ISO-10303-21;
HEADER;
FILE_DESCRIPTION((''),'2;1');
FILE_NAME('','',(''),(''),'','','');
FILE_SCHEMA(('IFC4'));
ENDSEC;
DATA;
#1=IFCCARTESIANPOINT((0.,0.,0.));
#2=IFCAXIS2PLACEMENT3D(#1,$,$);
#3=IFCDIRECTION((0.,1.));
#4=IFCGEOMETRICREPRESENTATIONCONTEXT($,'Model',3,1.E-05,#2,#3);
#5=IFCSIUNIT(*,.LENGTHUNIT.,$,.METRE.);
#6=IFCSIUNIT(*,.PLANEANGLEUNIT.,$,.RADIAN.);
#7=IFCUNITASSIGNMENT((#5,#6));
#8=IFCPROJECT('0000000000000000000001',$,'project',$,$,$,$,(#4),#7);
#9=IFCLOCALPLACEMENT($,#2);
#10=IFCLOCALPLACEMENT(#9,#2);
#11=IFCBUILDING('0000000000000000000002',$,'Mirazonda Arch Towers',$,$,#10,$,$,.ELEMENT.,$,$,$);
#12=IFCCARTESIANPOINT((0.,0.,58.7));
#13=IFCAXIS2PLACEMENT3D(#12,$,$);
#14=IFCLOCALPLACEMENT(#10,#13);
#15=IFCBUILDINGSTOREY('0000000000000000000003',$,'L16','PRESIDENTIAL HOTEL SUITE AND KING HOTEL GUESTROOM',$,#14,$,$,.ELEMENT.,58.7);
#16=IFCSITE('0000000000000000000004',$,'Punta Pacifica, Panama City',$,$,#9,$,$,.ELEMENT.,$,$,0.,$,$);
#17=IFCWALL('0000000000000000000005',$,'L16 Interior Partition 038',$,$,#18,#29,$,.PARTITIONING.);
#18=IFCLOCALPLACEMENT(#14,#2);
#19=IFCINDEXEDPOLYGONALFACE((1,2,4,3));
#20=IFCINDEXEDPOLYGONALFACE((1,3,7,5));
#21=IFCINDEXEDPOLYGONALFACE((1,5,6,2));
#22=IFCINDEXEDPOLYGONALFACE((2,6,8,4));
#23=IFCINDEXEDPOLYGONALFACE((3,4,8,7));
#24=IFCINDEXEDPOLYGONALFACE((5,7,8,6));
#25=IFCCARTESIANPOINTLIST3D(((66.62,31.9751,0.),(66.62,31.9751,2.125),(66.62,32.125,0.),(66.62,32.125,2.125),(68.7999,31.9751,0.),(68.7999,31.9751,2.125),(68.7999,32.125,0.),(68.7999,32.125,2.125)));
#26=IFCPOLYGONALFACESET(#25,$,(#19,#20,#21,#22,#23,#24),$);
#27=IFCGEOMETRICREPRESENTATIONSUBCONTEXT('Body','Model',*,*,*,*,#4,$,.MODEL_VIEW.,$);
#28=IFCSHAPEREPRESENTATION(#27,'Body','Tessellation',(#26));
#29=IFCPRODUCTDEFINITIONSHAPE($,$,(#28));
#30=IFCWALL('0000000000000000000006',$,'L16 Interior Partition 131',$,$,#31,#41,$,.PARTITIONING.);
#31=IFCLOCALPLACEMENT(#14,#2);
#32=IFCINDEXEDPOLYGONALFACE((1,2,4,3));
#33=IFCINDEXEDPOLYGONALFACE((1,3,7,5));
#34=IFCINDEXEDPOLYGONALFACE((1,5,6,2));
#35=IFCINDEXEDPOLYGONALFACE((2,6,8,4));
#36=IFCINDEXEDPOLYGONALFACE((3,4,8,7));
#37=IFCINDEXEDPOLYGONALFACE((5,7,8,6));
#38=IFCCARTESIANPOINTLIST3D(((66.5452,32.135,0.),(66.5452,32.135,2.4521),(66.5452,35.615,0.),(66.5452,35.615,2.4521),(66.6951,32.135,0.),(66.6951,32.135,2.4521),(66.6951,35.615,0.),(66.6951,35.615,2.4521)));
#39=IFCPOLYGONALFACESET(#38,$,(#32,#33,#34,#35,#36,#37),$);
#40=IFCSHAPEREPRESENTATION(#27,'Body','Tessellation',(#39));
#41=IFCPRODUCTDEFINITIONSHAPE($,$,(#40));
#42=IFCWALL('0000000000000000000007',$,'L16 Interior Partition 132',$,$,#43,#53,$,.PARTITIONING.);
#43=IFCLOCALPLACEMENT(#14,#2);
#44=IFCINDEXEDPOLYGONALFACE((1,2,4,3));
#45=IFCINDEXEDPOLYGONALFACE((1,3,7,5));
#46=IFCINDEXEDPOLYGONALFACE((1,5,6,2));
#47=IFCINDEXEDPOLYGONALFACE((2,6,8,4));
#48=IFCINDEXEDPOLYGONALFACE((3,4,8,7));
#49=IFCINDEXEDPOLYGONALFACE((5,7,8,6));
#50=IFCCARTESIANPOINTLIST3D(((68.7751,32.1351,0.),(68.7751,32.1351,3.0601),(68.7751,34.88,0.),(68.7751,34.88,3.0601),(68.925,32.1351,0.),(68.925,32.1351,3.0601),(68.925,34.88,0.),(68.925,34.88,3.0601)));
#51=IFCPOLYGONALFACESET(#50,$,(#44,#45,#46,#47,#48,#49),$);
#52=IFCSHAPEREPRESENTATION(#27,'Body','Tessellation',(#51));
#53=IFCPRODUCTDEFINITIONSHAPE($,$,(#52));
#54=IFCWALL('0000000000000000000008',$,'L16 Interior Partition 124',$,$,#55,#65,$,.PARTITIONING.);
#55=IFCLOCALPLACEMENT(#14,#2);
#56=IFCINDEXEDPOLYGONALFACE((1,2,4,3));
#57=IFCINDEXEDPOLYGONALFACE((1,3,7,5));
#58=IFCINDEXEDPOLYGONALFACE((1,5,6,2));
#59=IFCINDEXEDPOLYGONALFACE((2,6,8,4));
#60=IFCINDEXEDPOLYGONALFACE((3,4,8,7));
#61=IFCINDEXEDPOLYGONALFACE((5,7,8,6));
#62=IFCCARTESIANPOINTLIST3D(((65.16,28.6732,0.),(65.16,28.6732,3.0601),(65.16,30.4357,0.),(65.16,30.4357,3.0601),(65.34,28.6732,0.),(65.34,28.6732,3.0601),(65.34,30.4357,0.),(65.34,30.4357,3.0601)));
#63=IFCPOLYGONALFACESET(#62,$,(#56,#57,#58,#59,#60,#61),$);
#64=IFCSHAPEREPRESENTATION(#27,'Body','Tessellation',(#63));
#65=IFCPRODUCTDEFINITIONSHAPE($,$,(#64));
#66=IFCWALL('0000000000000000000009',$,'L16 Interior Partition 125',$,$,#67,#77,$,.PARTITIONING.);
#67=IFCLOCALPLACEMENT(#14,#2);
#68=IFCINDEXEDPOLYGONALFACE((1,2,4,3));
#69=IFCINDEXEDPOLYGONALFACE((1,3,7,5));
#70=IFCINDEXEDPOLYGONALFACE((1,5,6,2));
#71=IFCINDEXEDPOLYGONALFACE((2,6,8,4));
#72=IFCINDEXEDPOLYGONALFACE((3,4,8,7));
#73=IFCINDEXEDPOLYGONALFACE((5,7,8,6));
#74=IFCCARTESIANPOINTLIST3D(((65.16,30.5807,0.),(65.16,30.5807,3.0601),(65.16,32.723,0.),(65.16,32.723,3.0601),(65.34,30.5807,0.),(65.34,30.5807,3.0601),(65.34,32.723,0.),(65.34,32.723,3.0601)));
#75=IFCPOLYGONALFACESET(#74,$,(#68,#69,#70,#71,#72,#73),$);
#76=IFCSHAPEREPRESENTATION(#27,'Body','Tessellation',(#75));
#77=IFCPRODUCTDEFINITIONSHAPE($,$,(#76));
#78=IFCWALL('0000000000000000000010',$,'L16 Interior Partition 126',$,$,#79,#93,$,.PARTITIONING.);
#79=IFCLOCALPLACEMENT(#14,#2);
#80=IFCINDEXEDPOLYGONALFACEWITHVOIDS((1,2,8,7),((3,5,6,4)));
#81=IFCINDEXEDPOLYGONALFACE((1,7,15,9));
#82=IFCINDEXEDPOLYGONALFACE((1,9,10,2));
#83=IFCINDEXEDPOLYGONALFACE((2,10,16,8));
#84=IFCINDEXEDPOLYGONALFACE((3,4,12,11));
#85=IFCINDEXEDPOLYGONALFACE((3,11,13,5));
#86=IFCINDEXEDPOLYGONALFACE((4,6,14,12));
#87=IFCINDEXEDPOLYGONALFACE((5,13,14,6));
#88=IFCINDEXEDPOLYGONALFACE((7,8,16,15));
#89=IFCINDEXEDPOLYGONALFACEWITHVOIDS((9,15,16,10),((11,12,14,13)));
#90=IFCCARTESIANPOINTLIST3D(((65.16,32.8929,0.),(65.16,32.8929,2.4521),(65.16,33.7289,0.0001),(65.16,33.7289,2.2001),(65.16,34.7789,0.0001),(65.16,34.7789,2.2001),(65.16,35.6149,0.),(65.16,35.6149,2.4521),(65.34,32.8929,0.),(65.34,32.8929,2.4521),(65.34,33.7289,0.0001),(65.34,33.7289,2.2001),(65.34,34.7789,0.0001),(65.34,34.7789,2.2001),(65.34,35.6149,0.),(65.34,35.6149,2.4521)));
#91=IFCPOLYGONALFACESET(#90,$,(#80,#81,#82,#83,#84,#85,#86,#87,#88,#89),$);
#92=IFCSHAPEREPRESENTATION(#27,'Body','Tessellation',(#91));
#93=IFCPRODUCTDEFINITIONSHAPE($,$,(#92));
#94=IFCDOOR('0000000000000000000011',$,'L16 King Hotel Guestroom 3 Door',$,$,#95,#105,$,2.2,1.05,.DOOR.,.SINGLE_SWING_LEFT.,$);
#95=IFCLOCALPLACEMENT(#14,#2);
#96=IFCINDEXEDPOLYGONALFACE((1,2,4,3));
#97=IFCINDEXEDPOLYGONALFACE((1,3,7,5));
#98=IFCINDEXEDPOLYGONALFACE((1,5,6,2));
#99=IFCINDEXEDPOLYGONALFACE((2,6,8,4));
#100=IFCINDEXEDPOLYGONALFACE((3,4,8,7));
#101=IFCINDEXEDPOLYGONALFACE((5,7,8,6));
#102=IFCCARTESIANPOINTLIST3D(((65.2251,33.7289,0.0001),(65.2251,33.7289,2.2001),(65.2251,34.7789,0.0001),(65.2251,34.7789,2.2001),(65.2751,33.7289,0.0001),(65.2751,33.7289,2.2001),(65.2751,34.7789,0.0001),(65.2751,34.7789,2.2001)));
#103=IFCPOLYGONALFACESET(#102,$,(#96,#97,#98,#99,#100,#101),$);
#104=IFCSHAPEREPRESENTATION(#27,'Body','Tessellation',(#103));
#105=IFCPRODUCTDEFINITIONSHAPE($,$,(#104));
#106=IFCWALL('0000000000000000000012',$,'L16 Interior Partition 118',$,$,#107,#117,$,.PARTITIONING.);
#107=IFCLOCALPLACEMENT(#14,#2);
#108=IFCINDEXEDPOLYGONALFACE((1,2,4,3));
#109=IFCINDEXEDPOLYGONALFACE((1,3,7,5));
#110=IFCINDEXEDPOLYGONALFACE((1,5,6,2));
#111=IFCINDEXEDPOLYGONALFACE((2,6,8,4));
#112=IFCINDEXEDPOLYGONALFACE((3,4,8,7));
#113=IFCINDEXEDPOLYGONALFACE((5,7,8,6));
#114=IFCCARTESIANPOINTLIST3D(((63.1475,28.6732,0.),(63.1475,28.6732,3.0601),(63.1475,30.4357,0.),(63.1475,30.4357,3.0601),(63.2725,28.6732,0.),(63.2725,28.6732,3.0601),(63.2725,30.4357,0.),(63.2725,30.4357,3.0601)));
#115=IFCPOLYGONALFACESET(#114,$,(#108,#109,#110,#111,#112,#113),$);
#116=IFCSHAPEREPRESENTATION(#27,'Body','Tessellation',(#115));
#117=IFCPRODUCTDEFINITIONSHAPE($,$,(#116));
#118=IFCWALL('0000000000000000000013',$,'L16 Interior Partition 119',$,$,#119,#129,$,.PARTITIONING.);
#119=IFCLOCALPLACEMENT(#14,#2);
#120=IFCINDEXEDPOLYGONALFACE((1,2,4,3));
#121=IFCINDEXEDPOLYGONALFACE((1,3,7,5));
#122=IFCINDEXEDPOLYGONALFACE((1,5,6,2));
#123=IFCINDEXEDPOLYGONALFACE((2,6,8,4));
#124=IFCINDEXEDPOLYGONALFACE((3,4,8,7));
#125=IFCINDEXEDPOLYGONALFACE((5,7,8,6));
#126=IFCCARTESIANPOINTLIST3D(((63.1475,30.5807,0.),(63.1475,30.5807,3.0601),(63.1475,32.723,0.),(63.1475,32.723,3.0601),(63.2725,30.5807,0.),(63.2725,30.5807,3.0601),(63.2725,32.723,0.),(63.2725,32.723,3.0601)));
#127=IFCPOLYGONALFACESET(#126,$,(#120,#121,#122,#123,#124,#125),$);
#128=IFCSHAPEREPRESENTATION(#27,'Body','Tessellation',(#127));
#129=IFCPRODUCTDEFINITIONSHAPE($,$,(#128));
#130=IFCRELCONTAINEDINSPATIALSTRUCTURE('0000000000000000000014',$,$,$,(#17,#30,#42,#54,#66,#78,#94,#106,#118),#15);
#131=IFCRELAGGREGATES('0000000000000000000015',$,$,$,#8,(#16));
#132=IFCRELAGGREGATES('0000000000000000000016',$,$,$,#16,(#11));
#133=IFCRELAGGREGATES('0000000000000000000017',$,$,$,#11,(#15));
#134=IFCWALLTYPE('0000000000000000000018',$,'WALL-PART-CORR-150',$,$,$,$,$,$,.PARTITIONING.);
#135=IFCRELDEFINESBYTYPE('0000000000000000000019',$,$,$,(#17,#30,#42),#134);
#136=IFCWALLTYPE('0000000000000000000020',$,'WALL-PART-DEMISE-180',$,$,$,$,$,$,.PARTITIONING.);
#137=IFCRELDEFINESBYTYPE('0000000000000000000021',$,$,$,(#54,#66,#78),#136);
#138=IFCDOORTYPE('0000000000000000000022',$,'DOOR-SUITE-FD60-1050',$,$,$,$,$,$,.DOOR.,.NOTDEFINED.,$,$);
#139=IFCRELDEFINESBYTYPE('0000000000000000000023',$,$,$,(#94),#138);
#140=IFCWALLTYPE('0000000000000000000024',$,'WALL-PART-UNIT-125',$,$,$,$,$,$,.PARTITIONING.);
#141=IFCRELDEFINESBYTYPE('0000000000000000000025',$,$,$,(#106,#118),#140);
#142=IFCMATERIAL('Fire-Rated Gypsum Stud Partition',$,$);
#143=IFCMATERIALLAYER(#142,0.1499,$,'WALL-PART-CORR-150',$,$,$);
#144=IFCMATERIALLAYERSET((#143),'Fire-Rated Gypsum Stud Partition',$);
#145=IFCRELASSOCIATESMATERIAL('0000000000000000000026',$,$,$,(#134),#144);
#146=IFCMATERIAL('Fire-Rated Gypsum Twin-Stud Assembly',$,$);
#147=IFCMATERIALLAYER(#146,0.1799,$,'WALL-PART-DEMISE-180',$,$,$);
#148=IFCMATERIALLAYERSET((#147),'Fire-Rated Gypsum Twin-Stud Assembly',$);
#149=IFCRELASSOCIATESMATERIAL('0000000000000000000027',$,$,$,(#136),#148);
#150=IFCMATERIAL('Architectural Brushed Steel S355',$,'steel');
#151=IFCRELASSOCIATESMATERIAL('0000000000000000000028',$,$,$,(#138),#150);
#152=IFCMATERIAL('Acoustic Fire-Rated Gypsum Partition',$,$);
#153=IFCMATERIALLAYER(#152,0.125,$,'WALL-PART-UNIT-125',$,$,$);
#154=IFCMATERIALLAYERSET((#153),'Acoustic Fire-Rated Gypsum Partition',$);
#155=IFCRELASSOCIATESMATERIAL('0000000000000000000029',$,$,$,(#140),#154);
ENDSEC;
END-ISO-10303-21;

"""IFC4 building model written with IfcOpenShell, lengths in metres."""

from ifc_helpers import new_model, si_unit, direction, frame, frame_2d, origin, place, context, subcontext, project, spatial, rectangle, extrude, material, layer, layer_set, type_object, element, fill, save


model = new_model("IFC4")

# Units and contexts
model_context = context("Model", 3, precision=1e-05, world=origin(), true_north=direction((0.0, 1.0)))
body_context = subcontext(model_context, "Body", "Model", "MODEL_VIEW")
ifc_project = project(units=[si_unit("LENGTHUNIT", "METRE"), si_unit("PLANEANGLEUNIT", "RADIAN")], contexts=[model_context])

# Site, building, storey
site_placement = place(None, origin())
site = spatial("IfcSite", under=ifc_project, at=site_placement, Name="Punta Pacifica, Panama City", CompositionType="ELEMENT", RefElevation=0.0)
building_placement = place(site_placement, origin())
building = spatial("IfcBuilding", under=site, at=building_placement, Name="Mirazonda Arch Towers", CompositionType="ELEMENT")
storey_placement = place(building_placement, frame((0.0, 0.0, 58.7)))
storey = spatial("IfcBuildingStorey", under=building, at=storey_placement, Name="L16", Description="PRESIDENTIAL HOTEL SUITE AND KING HOTEL GUESTROOM", CompositionType="ELEMENT", Elevation=58.7)

# Shared definitions
ifc_material_1 = material(Name="Architectural Brushed Steel S355", Category="steel")
ifc_material_2 = material(Name="Fire-Rated Gypsum Stud Partition")
ifc_layer_1 = layer(ifc_material_2, 0.1499, Name="WALL-PART-CORR-150")
ifc_layer_set_1 = layer_set([ifc_layer_1], Name="Fire-Rated Gypsum Stud Partition")
wall_type_1 = type_object("IfcWallType", Name="WALL-PART-CORR-150", PredefinedType="PARTITIONING", material=ifc_layer_set_1)

# Walls
wall_1_placement = place(storey_placement, frame((66.6201, 32.05, 0.0), z_axis=(0.0, 0.0, 1.0), x_axis=(1.0, 0.0, 0.0)))
element("IfcWall", 1, at=wall_1_placement, inside=storey, type_object=wall_type_1, Name="L16 Interior Partition 038", PredefinedType="PARTITIONING", context=body_context, shape_type="SweptSolid", body=[
    extrude(rectangle(XDim=2.1799, YDim=0.1499, at=frame_2d((1.0898, 0.0))), origin(), (0.0, 0.0, 1.0), 2.125),
])
wall_2_placement = place(storey_placement, frame((66.6201, 32.135, 0.0), z_axis=(0.0, 0.0, 1.0), x_axis=(0.0, 1.0, 0.0)))
element("IfcWall", 2, at=wall_2_placement, inside=storey, type_object=wall_type_1, Name="L16 Interior Partition 131", PredefinedType="PARTITIONING", context=body_context, shape_type="SweptSolid", body=[
    extrude(rectangle(XDim=3.48, YDim=0.1499, at=frame_2d((1.74, 0.0))), origin(), (0.0, 0.0, 1.0), 2.4521),
])
wall_3_placement = place(storey_placement, frame((68.8501, 32.135, 0.0), z_axis=(0.0, 0.0, 1.0), x_axis=(0.0, 1.0, 0.0)))
element("IfcWall", 3, at=wall_3_placement, inside=storey, type_object=wall_type_1, Name="L16 Interior Partition 132", PredefinedType="PARTITIONING", context=body_context, shape_type="SweptSolid", body=[
    extrude(rectangle(XDim=2.7449, YDim=0.1499, at=frame_2d((1.3726, 0.0))), origin(), (0.0, 0.0, 1.0), 3.0601),
])
ifc_material_3 = material(Name="Fire-Rated Gypsum Twin-Stud Assembly")
ifc_layer_2 = layer(ifc_material_3, 0.1799, Name="WALL-PART-DEMISE-180")
ifc_layer_set_2 = layer_set([ifc_layer_2], Name="Fire-Rated Gypsum Twin-Stud Assembly")
wall_type_2 = type_object("IfcWallType", Name="WALL-PART-DEMISE-180", PredefinedType="PARTITIONING", material=ifc_layer_set_2)
wall_4_placement = place(storey_placement, frame((65.25, 28.6731, 0.0), z_axis=(0.0, 0.0, 1.0), x_axis=(0.0, 1.0, 0.0)))
element("IfcWall", 4, at=wall_4_placement, inside=storey, type_object=wall_type_2, Name="L16 Interior Partition 124", PredefinedType="PARTITIONING", context=body_context, shape_type="SweptSolid", body=[
    extrude(rectangle(XDim=1.7625, YDim=0.1799, at=frame_2d((0.8813, 0.0))), origin(), (0.0, 0.0, 1.0), 3.0601),
])
wall_5_placement = place(storey_placement, frame((65.25, 30.5806, 0.0), z_axis=(0.0, 0.0, 1.0), x_axis=(0.0, 1.0, 0.0)))
element("IfcWall", 5, at=wall_5_placement, inside=storey, type_object=wall_type_2, Name="L16 Interior Partition 125", PredefinedType="PARTITIONING", context=body_context, shape_type="SweptSolid", body=[
    extrude(rectangle(XDim=2.1423, YDim=0.1799, at=frame_2d((1.0713, 0.0))), origin(), (0.0, 0.0, 1.0), 3.0601),
])

# Wall, opening, door
wall_6_placement = place(storey_placement, frame((65.25, 32.8931, 0.0), z_axis=(0.0, 0.0, 1.0), x_axis=(0.0, 1.0, 0.0)))
wall_6 = element("IfcWall", 6, at=wall_6_placement, inside=storey, type_object=wall_type_2, Name="L16 Interior Partition 126", PredefinedType="PARTITIONING", context=body_context, shape_type="SweptSolid", body=[
    extrude(rectangle(XDim=2.7219, YDim=0.1799, at=frame_2d((1.3608, 0.0))), origin(), (0.0, 0.0, 1.0), 2.4521),
])
opening_1_placement = place(wall_6_placement, frame((0.8359, 0.0, 0.0)))
opening_1 = element("IfcOpeningElement", 7, at=opening_1_placement, cuts=wall_6, PredefinedType="OPENING", context=body_context, shape_type="SweptSolid", body=[
    extrude(rectangle(XDim=1.05, YDim=2.2, at=frame_2d((0.5249, 1.1001))), frame((0.0, 0.0999, 0.0), z_axis=(0.0, -1.0, 0.0), x_axis=(1.0, 0.0, 0.0)), (0.0, 0.0, 1.0), 0.2),
])
door_type_1 = type_object("IfcDoorType", Name="DOOR-SUITE-FD60-1050", OperationType="NOTDEFINED", PredefinedType="DOOR", material=ifc_material_1)
door_1_placement = place(opening_1_placement, origin())
door_1 = element("IfcDoor", 8, at=door_1_placement, inside=storey, type_object=door_type_1, Name="L16 King Hotel Guestroom 3 Door", OperationType="SINGLE_SWING_LEFT", OverallHeight=2.2, OverallWidth=1.05, PredefinedType="DOOR", context=body_context, shape_type="SweptSolid", body=[
    extrude(rectangle(XDim=1.05, YDim=2.2, at=frame_2d((0.5249, 1.1001))), frame((0.0, 0.0249, 0.0), z_axis=(0.0, -1.0, 0.0), x_axis=(1.0, 0.0, 0.0)), (0.0, 0.0, 1.0), 0.05),
])
fill(opening_1, door_1)

# Walls
ifc_material_4 = material(Name="Acoustic Fire-Rated Gypsum Partition")
ifc_layer_3 = layer(ifc_material_4, 0.125, Name="WALL-PART-UNIT-125")
ifc_layer_set_3 = layer_set([ifc_layer_3], Name="Acoustic Fire-Rated Gypsum Partition")
wall_type_3 = type_object("IfcWallType", Name="WALL-PART-UNIT-125", PredefinedType="PARTITIONING", material=ifc_layer_set_3)
wall_7_placement = place(storey_placement, frame((63.21, 28.6731, 0.0), z_axis=(0.0, 0.0, 1.0), x_axis=(0.0, 1.0, 0.0)))
element("IfcWall", 9, at=wall_7_placement, inside=storey, type_object=wall_type_3, Name="L16 Interior Partition 118", PredefinedType="PARTITIONING", context=body_context, shape_type="SweptSolid", body=[
    extrude(rectangle(XDim=1.7625, YDim=0.125, at=frame_2d((0.8813, 0.0))), origin(), (0.0, 0.0, 1.0), 3.0601),
])
wall_8_placement = place(storey_placement, frame((63.21, 30.5806, 0.0), z_axis=(0.0, 0.0, 1.0), x_axis=(0.0, 1.0, 0.0)))
element("IfcWall", 10, at=wall_8_placement, inside=storey, type_object=wall_type_3, Name="L16 Interior Partition 119", PredefinedType="PARTITIONING", context=body_context, shape_type="SweptSolid", body=[
    extrude(rectangle(XDim=2.1423, YDim=0.125, at=frame_2d((1.0713, 0.0))), origin(), (0.0, 0.0, 1.0), 3.0601),
])

save(model, "model.ifc")
